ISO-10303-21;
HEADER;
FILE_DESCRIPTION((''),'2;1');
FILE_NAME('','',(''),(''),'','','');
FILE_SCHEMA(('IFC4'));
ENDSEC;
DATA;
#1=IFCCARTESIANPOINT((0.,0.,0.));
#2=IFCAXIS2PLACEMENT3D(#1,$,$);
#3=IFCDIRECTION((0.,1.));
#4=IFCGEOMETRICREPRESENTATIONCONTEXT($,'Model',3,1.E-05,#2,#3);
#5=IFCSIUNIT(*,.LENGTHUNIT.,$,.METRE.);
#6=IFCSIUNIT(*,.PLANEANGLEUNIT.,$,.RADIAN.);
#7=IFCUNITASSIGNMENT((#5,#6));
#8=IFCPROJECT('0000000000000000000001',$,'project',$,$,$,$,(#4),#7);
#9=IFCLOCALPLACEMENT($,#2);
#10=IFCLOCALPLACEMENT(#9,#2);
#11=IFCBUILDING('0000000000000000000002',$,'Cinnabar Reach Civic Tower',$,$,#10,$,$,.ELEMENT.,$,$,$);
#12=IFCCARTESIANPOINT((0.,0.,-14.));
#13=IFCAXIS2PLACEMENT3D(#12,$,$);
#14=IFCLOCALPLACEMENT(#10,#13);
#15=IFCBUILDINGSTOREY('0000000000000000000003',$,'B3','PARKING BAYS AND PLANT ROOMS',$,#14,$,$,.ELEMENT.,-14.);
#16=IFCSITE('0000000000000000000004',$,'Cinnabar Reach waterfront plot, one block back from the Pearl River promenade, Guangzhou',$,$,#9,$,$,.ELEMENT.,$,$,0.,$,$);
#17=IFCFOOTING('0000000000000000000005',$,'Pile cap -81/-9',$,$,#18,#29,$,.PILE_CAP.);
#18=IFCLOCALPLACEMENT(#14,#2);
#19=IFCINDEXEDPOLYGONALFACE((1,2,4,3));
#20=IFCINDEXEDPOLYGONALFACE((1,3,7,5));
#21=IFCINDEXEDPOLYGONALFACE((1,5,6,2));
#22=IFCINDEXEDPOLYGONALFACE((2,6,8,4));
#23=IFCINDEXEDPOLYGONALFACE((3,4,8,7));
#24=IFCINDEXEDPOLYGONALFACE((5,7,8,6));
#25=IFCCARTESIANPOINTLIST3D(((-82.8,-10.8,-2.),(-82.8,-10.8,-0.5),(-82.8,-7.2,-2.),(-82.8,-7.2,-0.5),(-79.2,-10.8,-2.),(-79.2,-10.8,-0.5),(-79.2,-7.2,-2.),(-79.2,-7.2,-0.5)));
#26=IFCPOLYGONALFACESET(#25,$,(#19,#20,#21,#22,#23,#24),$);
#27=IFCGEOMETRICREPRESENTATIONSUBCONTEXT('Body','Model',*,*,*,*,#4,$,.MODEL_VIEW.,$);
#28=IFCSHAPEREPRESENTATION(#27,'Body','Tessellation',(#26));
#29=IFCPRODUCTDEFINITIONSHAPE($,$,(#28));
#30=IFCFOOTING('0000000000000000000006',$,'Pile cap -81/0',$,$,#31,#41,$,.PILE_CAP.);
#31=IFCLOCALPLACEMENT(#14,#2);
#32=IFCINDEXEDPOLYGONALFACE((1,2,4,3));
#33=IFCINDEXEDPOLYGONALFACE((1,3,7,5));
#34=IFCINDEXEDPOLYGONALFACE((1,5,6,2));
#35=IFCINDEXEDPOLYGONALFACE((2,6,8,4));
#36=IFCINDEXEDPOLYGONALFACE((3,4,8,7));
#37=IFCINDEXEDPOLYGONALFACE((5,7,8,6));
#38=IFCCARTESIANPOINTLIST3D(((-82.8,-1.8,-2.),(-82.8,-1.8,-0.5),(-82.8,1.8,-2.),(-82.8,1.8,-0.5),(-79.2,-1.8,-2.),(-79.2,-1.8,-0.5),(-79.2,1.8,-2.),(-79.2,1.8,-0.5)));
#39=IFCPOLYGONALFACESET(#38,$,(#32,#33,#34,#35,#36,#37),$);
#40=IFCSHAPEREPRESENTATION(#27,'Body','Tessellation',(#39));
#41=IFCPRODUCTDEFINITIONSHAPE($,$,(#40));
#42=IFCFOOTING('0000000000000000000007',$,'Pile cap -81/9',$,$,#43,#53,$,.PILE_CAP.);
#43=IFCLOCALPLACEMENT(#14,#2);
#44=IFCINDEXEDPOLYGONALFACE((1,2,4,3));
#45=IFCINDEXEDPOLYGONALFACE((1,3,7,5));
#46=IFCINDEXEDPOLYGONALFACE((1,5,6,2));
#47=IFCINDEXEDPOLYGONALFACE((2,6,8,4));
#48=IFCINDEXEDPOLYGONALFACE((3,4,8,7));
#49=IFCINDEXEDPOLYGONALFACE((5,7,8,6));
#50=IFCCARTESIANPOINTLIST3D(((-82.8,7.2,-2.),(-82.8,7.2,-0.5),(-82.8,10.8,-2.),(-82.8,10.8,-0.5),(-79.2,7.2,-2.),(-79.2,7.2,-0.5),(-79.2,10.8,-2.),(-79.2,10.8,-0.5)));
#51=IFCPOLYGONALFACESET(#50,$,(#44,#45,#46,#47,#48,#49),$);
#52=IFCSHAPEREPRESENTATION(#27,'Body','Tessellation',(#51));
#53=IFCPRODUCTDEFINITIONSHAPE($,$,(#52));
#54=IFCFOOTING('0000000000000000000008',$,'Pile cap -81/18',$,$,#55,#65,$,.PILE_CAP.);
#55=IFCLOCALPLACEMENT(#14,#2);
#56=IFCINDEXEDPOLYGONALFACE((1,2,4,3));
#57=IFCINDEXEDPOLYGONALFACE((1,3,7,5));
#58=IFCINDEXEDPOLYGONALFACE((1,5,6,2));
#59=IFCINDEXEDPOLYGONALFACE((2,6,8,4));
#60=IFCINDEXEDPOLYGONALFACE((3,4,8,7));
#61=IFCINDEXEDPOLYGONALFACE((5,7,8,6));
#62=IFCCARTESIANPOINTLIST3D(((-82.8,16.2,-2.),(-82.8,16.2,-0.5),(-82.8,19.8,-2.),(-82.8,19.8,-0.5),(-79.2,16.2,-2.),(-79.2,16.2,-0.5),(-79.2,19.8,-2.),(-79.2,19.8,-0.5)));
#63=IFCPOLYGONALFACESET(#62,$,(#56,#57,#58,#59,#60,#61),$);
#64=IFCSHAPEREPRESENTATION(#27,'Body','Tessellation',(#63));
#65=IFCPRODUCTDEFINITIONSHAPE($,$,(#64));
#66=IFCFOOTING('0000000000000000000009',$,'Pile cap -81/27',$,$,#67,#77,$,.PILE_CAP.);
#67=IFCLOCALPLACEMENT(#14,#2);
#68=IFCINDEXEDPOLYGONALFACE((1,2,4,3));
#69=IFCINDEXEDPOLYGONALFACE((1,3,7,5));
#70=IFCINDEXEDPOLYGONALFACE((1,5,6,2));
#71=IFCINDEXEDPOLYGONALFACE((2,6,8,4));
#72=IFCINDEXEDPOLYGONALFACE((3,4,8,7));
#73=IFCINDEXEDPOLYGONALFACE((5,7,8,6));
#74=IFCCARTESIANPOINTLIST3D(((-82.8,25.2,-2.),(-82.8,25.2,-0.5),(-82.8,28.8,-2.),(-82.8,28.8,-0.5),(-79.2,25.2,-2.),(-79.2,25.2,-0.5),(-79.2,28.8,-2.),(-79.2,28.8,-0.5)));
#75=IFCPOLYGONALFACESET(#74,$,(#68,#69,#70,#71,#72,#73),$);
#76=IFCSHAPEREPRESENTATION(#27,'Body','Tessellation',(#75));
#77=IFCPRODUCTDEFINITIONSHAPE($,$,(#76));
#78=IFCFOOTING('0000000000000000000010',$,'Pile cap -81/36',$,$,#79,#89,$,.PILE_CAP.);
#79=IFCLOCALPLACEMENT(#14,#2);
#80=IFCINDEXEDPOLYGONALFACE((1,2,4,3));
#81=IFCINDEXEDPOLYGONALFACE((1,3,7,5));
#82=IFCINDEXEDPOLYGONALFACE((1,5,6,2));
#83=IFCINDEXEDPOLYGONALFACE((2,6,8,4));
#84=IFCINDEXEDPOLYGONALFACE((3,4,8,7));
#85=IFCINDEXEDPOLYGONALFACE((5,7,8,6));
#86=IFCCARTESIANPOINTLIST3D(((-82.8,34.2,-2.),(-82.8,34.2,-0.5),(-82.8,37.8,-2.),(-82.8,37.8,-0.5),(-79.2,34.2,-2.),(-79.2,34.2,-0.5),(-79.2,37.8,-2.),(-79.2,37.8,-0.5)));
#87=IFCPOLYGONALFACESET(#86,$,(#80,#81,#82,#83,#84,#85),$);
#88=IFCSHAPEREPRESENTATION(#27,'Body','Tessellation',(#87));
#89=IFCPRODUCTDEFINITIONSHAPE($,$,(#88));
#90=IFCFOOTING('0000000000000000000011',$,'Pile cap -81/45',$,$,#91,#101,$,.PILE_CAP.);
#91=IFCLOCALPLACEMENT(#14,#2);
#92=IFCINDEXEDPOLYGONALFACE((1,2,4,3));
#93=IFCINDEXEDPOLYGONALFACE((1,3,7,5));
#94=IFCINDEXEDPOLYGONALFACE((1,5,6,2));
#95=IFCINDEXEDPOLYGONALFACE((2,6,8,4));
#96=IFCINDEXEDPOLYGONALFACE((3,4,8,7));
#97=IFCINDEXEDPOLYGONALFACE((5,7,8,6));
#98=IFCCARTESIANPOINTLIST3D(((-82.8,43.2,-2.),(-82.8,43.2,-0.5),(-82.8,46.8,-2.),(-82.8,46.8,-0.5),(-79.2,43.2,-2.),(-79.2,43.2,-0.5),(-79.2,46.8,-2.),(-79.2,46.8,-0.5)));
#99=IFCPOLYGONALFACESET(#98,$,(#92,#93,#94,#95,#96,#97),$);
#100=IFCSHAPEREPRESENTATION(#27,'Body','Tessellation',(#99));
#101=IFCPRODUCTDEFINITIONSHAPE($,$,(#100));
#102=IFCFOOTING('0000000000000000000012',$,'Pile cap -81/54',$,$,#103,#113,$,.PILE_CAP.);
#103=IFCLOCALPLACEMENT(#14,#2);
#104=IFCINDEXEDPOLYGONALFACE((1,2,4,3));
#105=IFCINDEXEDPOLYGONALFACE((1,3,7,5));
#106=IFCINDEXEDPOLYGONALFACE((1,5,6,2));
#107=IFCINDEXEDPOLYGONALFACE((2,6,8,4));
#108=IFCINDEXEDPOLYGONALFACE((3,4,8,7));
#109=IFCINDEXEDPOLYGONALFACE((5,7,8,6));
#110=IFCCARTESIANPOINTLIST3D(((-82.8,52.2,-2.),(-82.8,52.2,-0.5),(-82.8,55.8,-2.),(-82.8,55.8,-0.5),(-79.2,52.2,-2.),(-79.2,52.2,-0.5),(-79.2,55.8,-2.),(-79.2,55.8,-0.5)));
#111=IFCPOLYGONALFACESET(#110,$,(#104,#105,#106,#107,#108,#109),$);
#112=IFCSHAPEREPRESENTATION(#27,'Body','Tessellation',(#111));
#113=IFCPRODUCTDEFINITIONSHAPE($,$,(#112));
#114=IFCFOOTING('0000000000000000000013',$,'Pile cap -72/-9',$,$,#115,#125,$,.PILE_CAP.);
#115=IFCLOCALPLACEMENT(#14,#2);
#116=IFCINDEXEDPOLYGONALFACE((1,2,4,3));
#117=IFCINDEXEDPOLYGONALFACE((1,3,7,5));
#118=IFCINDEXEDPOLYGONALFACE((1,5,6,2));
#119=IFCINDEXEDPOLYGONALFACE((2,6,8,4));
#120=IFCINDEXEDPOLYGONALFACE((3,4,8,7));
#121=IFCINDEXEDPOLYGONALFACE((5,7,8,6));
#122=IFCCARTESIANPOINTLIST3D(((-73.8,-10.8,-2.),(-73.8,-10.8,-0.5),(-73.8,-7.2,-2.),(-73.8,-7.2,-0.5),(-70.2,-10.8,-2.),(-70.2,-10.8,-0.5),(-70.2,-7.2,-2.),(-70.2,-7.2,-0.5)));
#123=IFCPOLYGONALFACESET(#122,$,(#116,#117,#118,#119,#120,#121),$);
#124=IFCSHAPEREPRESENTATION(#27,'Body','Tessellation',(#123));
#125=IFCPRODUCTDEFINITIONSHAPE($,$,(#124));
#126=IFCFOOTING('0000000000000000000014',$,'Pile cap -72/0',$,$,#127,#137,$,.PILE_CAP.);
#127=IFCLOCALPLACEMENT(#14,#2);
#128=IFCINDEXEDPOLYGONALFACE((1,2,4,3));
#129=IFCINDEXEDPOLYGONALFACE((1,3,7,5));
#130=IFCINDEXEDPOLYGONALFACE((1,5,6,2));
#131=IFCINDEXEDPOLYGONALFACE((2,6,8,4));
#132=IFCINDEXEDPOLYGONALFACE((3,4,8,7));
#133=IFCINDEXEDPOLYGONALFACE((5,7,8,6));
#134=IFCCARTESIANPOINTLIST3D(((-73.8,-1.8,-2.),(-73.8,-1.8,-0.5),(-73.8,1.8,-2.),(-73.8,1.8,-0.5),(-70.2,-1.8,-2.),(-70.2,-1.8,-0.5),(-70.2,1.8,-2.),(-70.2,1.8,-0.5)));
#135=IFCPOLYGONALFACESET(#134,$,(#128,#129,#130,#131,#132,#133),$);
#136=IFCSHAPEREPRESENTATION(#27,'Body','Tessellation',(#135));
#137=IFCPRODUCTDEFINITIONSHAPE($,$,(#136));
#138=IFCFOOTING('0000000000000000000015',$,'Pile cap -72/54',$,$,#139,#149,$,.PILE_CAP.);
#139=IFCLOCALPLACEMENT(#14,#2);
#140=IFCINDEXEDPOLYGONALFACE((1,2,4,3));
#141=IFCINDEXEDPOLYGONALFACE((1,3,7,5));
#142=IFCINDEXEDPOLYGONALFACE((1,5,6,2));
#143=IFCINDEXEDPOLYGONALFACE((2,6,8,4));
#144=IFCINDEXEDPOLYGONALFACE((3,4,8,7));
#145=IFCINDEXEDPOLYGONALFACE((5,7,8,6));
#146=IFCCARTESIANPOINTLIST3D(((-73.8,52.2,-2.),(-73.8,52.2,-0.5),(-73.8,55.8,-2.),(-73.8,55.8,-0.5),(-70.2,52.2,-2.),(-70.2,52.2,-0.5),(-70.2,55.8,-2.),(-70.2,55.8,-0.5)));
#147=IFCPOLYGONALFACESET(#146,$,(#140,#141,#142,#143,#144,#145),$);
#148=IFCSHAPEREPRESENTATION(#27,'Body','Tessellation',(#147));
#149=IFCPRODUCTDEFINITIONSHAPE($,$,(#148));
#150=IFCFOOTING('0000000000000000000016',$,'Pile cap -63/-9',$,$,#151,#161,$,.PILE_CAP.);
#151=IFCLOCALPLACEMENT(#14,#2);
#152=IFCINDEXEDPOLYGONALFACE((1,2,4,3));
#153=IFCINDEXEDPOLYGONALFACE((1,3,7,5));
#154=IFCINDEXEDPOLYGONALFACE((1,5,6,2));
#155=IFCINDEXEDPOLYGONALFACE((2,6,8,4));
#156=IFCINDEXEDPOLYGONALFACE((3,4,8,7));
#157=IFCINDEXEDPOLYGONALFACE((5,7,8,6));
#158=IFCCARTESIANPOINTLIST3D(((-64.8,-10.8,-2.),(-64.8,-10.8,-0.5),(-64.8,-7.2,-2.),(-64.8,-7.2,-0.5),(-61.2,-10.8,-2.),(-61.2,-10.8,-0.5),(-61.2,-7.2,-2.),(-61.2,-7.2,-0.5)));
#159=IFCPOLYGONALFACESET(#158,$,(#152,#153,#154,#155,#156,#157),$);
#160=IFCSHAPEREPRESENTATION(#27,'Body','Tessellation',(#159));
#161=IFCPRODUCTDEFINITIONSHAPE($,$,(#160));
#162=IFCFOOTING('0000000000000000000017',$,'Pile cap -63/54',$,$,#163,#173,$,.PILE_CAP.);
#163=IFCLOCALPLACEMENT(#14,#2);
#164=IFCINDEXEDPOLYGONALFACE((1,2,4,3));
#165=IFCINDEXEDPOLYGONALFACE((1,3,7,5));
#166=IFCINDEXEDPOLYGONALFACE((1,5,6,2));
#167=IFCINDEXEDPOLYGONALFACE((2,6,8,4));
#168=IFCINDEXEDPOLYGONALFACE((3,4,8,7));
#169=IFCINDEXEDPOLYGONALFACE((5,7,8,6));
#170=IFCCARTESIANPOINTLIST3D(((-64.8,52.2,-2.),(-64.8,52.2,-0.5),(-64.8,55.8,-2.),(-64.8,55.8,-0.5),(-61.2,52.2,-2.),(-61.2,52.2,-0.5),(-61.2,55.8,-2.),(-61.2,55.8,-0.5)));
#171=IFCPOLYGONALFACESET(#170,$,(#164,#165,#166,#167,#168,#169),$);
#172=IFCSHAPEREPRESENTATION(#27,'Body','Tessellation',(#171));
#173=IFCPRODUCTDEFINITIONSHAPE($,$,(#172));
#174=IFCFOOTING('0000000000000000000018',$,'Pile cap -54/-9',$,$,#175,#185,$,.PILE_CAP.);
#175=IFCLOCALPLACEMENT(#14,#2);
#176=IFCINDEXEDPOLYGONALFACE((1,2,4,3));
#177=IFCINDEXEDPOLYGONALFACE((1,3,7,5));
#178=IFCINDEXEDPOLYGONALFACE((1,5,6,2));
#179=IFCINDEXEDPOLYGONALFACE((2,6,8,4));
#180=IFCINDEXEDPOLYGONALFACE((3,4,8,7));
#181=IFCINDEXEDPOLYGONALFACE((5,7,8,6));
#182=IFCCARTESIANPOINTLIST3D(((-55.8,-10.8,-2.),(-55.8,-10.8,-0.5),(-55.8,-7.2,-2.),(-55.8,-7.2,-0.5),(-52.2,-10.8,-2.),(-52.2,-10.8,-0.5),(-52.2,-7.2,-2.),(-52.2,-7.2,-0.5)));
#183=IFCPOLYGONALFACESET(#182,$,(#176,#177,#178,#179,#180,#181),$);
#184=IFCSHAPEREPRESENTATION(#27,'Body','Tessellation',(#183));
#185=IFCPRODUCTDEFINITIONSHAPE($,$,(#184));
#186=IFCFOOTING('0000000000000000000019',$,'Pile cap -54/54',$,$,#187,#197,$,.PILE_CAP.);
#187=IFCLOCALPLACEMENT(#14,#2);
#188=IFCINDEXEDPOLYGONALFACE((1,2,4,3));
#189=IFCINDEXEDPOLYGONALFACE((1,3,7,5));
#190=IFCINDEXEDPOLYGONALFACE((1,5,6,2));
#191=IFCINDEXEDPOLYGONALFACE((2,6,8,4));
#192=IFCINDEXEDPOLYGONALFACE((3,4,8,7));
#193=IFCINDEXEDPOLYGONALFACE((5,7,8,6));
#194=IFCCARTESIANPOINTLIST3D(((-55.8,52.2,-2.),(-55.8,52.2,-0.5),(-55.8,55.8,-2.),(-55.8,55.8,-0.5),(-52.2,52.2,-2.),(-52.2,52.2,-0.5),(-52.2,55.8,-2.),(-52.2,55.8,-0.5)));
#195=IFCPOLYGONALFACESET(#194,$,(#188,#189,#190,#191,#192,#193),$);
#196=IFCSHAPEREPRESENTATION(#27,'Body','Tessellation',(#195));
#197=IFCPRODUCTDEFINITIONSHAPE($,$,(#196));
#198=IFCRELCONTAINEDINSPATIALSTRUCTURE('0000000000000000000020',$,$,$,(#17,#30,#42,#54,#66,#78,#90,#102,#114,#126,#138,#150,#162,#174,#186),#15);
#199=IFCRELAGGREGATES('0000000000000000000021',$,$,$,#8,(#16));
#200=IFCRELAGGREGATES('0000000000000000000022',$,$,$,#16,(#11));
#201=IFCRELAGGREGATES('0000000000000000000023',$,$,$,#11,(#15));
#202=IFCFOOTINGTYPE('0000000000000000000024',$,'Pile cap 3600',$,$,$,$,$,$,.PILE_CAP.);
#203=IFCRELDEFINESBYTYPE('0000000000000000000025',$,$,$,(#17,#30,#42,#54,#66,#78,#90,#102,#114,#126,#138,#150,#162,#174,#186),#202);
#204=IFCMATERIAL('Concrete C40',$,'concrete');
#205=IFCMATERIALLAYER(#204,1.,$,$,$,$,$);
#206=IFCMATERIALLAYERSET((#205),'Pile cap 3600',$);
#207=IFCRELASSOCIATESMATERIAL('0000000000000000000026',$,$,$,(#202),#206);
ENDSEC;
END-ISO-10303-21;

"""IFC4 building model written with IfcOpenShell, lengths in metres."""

from ifc_helpers import new_model, si_unit, direction, frame, origin, place, context, subcontext, project, spatial, polyline, outline, extrude, material, layer, layer_set, type_object, element, save


model = new_model("IFC4")

# Units and contexts
model_context = context("Model", 3, precision=1e-05, world=origin(), true_north=direction((0.0, 1.0)))
body_context = subcontext(model_context, "Body", "Model", "MODEL_VIEW")
ifc_project = project(units=[si_unit("LENGTHUNIT", "METRE"), si_unit("PLANEANGLEUNIT", "RADIAN")], contexts=[model_context])

# Site, building, storey
site_placement = place(None, origin())
site = spatial("IfcSite", under=ifc_project, at=site_placement, Name="Cinnabar Reach waterfront plot, one block back from the Pearl River promenade, Guangzhou", CompositionType="ELEMENT", RefElevation=0.0)
building_placement = place(site_placement, origin())
building = spatial("IfcBuilding", under=site, at=building_placement, Name="Cinnabar Reach Civic Tower", CompositionType="ELEMENT")
storey_placement = place(building_placement, frame((0.0, 0.0, -14.0)))
storey = spatial("IfcBuildingStorey", under=building, at=storey_placement, Name="B3", Description="PARKING BAYS AND PLANT ROOMS", CompositionType="ELEMENT", Elevation=-14.0)

# Shared definitions
ifc_material_1 = material(Name="Concrete C40", Category="concrete")

# Footings
ifc_layer_1 = layer(ifc_material_1, 1.0)
ifc_layer_set_1 = layer_set([ifc_layer_1], Name="Pile cap 3600")
footing_type_1 = type_object("IfcFootingType", Name="Pile cap 3600", PredefinedType="PILE_CAP", material=ifc_layer_set_1)
footing_1_placement = place(storey_placement, frame((0.0, 0.0, -2.0)))
element("IfcFooting", 1, at=footing_1_placement, inside=storey, type_object=footing_type_1, Name="Pile cap -81/-9", PredefinedType="PILE_CAP", context=body_context, shape_type="SweptSolid", body=[
    extrude(outline(polyline([(-82.8, -10.8), (-79.2, -10.8), (-79.2, -7.2), (-82.8, -7.2), (-82.8, -10.8)])), origin(), (0.0, 0.0, 1.0), 1.5),
])
footing_2_placement = place(storey_placement, frame((0.0, 0.0, -2.0)))
element("IfcFooting", 2, at=footing_2_placement, inside=storey, type_object=footing_type_1, Name="Pile cap -81/0", PredefinedType="PILE_CAP", context=body_context, shape_type="SweptSolid", body=[
    extrude(outline(polyline([(-82.8, -1.8), (-79.2, -1.8), (-79.2, 1.8), (-82.8, 1.8), (-82.8, -1.8)])), origin(), (0.0, 0.0, 1.0), 1.5),
])
footing_3_placement = place(storey_placement, frame((0.0, 0.0, -2.0)))
element("IfcFooting", 3, at=footing_3_placement, inside=storey, type_object=footing_type_1, Name="Pile cap -81/9", PredefinedType="PILE_CAP", context=body_context, shape_type="SweptSolid", body=[
    extrude(outline(polyline([(-82.8, 7.2), (-79.2, 7.2), (-79.2, 10.8), (-82.8, 10.8), (-82.8, 7.2)])), origin(), (0.0, 0.0, 1.0), 1.5),
])
footing_4_placement = place(storey_placement, frame((0.0, 0.0, -2.0)))
element("IfcFooting", 4, at=footing_4_placement, inside=storey, type_object=footing_type_1, Name="Pile cap -81/18", PredefinedType="PILE_CAP", context=body_context, shape_type="SweptSolid", body=[
    extrude(outline(polyline([(-82.8, 16.2), (-79.2, 16.2), (-79.2, 19.8), (-82.8, 19.8), (-82.8, 16.2)])), origin(), (0.0, 0.0, 1.0), 1.5),
])
footing_5_placement = place(storey_placement, frame((0.0, 0.0, -2.0)))
element("IfcFooting", 5, at=footing_5_placement, inside=storey, type_object=footing_type_1, Name="Pile cap -81/27", PredefinedType="PILE_CAP", context=body_context, shape_type="SweptSolid", body=[
    extrude(outline(polyline([(-82.8, 25.2), (-79.2, 25.2), (-79.2, 28.8), (-82.8, 28.8), (-82.8, 25.2)])), origin(), (0.0, 0.0, 1.0), 1.5),
])
footing_6_placement = place(storey_placement, frame((0.0, 0.0, -2.0)))
element("IfcFooting", 6, at=footing_6_placement, inside=storey, type_object=footing_type_1, Name="Pile cap -81/36", PredefinedType="PILE_CAP", context=body_context, shape_type="SweptSolid", body=[
    extrude(outline(polyline([(-82.8, 34.2), (-79.2, 34.2), (-79.2, 37.8), (-82.8, 37.8), (-82.8, 34.2)])), origin(), (0.0, 0.0, 1.0), 1.5),
])
footing_7_placement = place(storey_placement, frame((0.0, 0.0, -2.0)))
element("IfcFooting", 7, at=footing_7_placement, inside=storey, type_object=footing_type_1, Name="Pile cap -81/45", PredefinedType="PILE_CAP", context=body_context, shape_type="SweptSolid", body=[
    extrude(outline(polyline([(-82.8, 43.2), (-79.2, 43.2), (-79.2, 46.8), (-82.8, 46.8), (-82.8, 43.2)])), origin(), (0.0, 0.0, 1.0), 1.5),
])
footing_8_placement = place(storey_placement, frame((0.0, 0.0, -2.0)))
element("IfcFooting", 8, at=footing_8_placement, inside=storey, type_object=footing_type_1, Name="Pile cap -81/54", PredefinedType="PILE_CAP", context=body_context, shape_type="SweptSolid", body=[
    extrude(outline(polyline([(-82.8, 52.2), (-79.2, 52.2), (-79.2, 55.8), (-82.8, 55.8), (-82.8, 52.2)])), origin(), (0.0, 0.0, 1.0), 1.5),
])
footing_9_placement = place(storey_placement, frame((0.0, 0.0, -2.0)))
element("IfcFooting", 9, at=footing_9_placement, inside=storey, type_object=footing_type_1, Name="Pile cap -72/-9", PredefinedType="PILE_CAP", context=body_context, shape_type="SweptSolid", body=[
    extrude(outline(polyline([(-73.8, -10.8), (-70.2, -10.8), (-70.2, -7.2), (-73.8, -7.2), (-73.8, -10.8)])), origin(), (0.0, 0.0, 1.0), 1.5),
])
footing_10_placement = place(storey_placement, frame((0.0, 0.0, -2.0)))
element("IfcFooting", 10, at=footing_10_placement, inside=storey, type_object=footing_type_1, Name="Pile cap -72/0", PredefinedType="PILE_CAP", context=body_context, shape_type="SweptSolid", body=[
    extrude(outline(polyline([(-73.8, -1.8), (-70.2, -1.8), (-70.2, 1.8), (-73.8, 1.8), (-73.8, -1.8)])), origin(), (0.0, 0.0, 1.0), 1.5),
])
footing_11_placement = place(storey_placement, frame((0.0, 0.0, -2.0)))
element("IfcFooting", 11, at=footing_11_placement, inside=storey, type_object=footing_type_1, Name="Pile cap -72/54", PredefinedType="PILE_CAP", context=body_context, shape_type="SweptSolid", body=[
    extrude(outline(polyline([(-73.8, 52.2), (-70.2, 52.2), (-70.2, 55.8), (-73.8, 55.8), (-73.8, 52.2)])), origin(), (0.0, 0.0, 1.0), 1.5),
])
footing_12_placement = place(storey_placement, frame((0.0, 0.0, -2.0)))
element("IfcFooting", 12, at=footing_12_placement, inside=storey, type_object=footing_type_1, Name="Pile cap -63/-9", PredefinedType="PILE_CAP", context=body_context, shape_type="SweptSolid", body=[
    extrude(outline(polyline([(-64.8, -10.8), (-61.2, -10.8), (-61.2, -7.2), (-64.8, -7.2), (-64.8, -10.8)])), origin(), (0.0, 0.0, 1.0), 1.5),
])
footing_13_placement = place(storey_placement, frame((0.0, 0.0, -2.0)))
element("IfcFooting", 13, at=footing_13_placement, inside=storey, type_object=footing_type_1, Name="Pile cap -63/54", PredefinedType="PILE_CAP", context=body_context, shape_type="SweptSolid", body=[
    extrude(outline(polyline([(-64.8, 52.2), (-61.2, 52.2), (-61.2, 55.8), (-64.8, 55.8), (-64.8, 52.2)])), origin(), (0.0, 0.0, 1.0), 1.5),
])
footing_14_placement = place(storey_placement, frame((0.0, 0.0, -2.0)))
element("IfcFooting", 14, at=footing_14_placement, inside=storey, type_object=footing_type_1, Name="Pile cap -54/-9", PredefinedType="PILE_CAP", context=body_context, shape_type="SweptSolid", body=[
    extrude(outline(polyline([(-55.8, -10.8), (-52.2, -10.8), (-52.2, -7.2), (-55.8, -7.2), (-55.8, -10.8)])), origin(), (0.0, 0.0, 1.0), 1.5),
])
footing_15_placement = place(storey_placement, frame((0.0, 0.0, -2.0)))
element("IfcFooting", 15, at=footing_15_placement, inside=storey, type_object=footing_type_1, Name="Pile cap -54/54", PredefinedType="PILE_CAP", context=body_context, shape_type="SweptSolid", body=[
    extrude(outline(polyline([(-55.8, 52.2), (-52.2, 52.2), (-52.2, 55.8), (-55.8, 55.8), (-55.8, 52.2)])), origin(), (0.0, 0.0, 1.0), 1.5),
])

save(model, "model.ifc")
